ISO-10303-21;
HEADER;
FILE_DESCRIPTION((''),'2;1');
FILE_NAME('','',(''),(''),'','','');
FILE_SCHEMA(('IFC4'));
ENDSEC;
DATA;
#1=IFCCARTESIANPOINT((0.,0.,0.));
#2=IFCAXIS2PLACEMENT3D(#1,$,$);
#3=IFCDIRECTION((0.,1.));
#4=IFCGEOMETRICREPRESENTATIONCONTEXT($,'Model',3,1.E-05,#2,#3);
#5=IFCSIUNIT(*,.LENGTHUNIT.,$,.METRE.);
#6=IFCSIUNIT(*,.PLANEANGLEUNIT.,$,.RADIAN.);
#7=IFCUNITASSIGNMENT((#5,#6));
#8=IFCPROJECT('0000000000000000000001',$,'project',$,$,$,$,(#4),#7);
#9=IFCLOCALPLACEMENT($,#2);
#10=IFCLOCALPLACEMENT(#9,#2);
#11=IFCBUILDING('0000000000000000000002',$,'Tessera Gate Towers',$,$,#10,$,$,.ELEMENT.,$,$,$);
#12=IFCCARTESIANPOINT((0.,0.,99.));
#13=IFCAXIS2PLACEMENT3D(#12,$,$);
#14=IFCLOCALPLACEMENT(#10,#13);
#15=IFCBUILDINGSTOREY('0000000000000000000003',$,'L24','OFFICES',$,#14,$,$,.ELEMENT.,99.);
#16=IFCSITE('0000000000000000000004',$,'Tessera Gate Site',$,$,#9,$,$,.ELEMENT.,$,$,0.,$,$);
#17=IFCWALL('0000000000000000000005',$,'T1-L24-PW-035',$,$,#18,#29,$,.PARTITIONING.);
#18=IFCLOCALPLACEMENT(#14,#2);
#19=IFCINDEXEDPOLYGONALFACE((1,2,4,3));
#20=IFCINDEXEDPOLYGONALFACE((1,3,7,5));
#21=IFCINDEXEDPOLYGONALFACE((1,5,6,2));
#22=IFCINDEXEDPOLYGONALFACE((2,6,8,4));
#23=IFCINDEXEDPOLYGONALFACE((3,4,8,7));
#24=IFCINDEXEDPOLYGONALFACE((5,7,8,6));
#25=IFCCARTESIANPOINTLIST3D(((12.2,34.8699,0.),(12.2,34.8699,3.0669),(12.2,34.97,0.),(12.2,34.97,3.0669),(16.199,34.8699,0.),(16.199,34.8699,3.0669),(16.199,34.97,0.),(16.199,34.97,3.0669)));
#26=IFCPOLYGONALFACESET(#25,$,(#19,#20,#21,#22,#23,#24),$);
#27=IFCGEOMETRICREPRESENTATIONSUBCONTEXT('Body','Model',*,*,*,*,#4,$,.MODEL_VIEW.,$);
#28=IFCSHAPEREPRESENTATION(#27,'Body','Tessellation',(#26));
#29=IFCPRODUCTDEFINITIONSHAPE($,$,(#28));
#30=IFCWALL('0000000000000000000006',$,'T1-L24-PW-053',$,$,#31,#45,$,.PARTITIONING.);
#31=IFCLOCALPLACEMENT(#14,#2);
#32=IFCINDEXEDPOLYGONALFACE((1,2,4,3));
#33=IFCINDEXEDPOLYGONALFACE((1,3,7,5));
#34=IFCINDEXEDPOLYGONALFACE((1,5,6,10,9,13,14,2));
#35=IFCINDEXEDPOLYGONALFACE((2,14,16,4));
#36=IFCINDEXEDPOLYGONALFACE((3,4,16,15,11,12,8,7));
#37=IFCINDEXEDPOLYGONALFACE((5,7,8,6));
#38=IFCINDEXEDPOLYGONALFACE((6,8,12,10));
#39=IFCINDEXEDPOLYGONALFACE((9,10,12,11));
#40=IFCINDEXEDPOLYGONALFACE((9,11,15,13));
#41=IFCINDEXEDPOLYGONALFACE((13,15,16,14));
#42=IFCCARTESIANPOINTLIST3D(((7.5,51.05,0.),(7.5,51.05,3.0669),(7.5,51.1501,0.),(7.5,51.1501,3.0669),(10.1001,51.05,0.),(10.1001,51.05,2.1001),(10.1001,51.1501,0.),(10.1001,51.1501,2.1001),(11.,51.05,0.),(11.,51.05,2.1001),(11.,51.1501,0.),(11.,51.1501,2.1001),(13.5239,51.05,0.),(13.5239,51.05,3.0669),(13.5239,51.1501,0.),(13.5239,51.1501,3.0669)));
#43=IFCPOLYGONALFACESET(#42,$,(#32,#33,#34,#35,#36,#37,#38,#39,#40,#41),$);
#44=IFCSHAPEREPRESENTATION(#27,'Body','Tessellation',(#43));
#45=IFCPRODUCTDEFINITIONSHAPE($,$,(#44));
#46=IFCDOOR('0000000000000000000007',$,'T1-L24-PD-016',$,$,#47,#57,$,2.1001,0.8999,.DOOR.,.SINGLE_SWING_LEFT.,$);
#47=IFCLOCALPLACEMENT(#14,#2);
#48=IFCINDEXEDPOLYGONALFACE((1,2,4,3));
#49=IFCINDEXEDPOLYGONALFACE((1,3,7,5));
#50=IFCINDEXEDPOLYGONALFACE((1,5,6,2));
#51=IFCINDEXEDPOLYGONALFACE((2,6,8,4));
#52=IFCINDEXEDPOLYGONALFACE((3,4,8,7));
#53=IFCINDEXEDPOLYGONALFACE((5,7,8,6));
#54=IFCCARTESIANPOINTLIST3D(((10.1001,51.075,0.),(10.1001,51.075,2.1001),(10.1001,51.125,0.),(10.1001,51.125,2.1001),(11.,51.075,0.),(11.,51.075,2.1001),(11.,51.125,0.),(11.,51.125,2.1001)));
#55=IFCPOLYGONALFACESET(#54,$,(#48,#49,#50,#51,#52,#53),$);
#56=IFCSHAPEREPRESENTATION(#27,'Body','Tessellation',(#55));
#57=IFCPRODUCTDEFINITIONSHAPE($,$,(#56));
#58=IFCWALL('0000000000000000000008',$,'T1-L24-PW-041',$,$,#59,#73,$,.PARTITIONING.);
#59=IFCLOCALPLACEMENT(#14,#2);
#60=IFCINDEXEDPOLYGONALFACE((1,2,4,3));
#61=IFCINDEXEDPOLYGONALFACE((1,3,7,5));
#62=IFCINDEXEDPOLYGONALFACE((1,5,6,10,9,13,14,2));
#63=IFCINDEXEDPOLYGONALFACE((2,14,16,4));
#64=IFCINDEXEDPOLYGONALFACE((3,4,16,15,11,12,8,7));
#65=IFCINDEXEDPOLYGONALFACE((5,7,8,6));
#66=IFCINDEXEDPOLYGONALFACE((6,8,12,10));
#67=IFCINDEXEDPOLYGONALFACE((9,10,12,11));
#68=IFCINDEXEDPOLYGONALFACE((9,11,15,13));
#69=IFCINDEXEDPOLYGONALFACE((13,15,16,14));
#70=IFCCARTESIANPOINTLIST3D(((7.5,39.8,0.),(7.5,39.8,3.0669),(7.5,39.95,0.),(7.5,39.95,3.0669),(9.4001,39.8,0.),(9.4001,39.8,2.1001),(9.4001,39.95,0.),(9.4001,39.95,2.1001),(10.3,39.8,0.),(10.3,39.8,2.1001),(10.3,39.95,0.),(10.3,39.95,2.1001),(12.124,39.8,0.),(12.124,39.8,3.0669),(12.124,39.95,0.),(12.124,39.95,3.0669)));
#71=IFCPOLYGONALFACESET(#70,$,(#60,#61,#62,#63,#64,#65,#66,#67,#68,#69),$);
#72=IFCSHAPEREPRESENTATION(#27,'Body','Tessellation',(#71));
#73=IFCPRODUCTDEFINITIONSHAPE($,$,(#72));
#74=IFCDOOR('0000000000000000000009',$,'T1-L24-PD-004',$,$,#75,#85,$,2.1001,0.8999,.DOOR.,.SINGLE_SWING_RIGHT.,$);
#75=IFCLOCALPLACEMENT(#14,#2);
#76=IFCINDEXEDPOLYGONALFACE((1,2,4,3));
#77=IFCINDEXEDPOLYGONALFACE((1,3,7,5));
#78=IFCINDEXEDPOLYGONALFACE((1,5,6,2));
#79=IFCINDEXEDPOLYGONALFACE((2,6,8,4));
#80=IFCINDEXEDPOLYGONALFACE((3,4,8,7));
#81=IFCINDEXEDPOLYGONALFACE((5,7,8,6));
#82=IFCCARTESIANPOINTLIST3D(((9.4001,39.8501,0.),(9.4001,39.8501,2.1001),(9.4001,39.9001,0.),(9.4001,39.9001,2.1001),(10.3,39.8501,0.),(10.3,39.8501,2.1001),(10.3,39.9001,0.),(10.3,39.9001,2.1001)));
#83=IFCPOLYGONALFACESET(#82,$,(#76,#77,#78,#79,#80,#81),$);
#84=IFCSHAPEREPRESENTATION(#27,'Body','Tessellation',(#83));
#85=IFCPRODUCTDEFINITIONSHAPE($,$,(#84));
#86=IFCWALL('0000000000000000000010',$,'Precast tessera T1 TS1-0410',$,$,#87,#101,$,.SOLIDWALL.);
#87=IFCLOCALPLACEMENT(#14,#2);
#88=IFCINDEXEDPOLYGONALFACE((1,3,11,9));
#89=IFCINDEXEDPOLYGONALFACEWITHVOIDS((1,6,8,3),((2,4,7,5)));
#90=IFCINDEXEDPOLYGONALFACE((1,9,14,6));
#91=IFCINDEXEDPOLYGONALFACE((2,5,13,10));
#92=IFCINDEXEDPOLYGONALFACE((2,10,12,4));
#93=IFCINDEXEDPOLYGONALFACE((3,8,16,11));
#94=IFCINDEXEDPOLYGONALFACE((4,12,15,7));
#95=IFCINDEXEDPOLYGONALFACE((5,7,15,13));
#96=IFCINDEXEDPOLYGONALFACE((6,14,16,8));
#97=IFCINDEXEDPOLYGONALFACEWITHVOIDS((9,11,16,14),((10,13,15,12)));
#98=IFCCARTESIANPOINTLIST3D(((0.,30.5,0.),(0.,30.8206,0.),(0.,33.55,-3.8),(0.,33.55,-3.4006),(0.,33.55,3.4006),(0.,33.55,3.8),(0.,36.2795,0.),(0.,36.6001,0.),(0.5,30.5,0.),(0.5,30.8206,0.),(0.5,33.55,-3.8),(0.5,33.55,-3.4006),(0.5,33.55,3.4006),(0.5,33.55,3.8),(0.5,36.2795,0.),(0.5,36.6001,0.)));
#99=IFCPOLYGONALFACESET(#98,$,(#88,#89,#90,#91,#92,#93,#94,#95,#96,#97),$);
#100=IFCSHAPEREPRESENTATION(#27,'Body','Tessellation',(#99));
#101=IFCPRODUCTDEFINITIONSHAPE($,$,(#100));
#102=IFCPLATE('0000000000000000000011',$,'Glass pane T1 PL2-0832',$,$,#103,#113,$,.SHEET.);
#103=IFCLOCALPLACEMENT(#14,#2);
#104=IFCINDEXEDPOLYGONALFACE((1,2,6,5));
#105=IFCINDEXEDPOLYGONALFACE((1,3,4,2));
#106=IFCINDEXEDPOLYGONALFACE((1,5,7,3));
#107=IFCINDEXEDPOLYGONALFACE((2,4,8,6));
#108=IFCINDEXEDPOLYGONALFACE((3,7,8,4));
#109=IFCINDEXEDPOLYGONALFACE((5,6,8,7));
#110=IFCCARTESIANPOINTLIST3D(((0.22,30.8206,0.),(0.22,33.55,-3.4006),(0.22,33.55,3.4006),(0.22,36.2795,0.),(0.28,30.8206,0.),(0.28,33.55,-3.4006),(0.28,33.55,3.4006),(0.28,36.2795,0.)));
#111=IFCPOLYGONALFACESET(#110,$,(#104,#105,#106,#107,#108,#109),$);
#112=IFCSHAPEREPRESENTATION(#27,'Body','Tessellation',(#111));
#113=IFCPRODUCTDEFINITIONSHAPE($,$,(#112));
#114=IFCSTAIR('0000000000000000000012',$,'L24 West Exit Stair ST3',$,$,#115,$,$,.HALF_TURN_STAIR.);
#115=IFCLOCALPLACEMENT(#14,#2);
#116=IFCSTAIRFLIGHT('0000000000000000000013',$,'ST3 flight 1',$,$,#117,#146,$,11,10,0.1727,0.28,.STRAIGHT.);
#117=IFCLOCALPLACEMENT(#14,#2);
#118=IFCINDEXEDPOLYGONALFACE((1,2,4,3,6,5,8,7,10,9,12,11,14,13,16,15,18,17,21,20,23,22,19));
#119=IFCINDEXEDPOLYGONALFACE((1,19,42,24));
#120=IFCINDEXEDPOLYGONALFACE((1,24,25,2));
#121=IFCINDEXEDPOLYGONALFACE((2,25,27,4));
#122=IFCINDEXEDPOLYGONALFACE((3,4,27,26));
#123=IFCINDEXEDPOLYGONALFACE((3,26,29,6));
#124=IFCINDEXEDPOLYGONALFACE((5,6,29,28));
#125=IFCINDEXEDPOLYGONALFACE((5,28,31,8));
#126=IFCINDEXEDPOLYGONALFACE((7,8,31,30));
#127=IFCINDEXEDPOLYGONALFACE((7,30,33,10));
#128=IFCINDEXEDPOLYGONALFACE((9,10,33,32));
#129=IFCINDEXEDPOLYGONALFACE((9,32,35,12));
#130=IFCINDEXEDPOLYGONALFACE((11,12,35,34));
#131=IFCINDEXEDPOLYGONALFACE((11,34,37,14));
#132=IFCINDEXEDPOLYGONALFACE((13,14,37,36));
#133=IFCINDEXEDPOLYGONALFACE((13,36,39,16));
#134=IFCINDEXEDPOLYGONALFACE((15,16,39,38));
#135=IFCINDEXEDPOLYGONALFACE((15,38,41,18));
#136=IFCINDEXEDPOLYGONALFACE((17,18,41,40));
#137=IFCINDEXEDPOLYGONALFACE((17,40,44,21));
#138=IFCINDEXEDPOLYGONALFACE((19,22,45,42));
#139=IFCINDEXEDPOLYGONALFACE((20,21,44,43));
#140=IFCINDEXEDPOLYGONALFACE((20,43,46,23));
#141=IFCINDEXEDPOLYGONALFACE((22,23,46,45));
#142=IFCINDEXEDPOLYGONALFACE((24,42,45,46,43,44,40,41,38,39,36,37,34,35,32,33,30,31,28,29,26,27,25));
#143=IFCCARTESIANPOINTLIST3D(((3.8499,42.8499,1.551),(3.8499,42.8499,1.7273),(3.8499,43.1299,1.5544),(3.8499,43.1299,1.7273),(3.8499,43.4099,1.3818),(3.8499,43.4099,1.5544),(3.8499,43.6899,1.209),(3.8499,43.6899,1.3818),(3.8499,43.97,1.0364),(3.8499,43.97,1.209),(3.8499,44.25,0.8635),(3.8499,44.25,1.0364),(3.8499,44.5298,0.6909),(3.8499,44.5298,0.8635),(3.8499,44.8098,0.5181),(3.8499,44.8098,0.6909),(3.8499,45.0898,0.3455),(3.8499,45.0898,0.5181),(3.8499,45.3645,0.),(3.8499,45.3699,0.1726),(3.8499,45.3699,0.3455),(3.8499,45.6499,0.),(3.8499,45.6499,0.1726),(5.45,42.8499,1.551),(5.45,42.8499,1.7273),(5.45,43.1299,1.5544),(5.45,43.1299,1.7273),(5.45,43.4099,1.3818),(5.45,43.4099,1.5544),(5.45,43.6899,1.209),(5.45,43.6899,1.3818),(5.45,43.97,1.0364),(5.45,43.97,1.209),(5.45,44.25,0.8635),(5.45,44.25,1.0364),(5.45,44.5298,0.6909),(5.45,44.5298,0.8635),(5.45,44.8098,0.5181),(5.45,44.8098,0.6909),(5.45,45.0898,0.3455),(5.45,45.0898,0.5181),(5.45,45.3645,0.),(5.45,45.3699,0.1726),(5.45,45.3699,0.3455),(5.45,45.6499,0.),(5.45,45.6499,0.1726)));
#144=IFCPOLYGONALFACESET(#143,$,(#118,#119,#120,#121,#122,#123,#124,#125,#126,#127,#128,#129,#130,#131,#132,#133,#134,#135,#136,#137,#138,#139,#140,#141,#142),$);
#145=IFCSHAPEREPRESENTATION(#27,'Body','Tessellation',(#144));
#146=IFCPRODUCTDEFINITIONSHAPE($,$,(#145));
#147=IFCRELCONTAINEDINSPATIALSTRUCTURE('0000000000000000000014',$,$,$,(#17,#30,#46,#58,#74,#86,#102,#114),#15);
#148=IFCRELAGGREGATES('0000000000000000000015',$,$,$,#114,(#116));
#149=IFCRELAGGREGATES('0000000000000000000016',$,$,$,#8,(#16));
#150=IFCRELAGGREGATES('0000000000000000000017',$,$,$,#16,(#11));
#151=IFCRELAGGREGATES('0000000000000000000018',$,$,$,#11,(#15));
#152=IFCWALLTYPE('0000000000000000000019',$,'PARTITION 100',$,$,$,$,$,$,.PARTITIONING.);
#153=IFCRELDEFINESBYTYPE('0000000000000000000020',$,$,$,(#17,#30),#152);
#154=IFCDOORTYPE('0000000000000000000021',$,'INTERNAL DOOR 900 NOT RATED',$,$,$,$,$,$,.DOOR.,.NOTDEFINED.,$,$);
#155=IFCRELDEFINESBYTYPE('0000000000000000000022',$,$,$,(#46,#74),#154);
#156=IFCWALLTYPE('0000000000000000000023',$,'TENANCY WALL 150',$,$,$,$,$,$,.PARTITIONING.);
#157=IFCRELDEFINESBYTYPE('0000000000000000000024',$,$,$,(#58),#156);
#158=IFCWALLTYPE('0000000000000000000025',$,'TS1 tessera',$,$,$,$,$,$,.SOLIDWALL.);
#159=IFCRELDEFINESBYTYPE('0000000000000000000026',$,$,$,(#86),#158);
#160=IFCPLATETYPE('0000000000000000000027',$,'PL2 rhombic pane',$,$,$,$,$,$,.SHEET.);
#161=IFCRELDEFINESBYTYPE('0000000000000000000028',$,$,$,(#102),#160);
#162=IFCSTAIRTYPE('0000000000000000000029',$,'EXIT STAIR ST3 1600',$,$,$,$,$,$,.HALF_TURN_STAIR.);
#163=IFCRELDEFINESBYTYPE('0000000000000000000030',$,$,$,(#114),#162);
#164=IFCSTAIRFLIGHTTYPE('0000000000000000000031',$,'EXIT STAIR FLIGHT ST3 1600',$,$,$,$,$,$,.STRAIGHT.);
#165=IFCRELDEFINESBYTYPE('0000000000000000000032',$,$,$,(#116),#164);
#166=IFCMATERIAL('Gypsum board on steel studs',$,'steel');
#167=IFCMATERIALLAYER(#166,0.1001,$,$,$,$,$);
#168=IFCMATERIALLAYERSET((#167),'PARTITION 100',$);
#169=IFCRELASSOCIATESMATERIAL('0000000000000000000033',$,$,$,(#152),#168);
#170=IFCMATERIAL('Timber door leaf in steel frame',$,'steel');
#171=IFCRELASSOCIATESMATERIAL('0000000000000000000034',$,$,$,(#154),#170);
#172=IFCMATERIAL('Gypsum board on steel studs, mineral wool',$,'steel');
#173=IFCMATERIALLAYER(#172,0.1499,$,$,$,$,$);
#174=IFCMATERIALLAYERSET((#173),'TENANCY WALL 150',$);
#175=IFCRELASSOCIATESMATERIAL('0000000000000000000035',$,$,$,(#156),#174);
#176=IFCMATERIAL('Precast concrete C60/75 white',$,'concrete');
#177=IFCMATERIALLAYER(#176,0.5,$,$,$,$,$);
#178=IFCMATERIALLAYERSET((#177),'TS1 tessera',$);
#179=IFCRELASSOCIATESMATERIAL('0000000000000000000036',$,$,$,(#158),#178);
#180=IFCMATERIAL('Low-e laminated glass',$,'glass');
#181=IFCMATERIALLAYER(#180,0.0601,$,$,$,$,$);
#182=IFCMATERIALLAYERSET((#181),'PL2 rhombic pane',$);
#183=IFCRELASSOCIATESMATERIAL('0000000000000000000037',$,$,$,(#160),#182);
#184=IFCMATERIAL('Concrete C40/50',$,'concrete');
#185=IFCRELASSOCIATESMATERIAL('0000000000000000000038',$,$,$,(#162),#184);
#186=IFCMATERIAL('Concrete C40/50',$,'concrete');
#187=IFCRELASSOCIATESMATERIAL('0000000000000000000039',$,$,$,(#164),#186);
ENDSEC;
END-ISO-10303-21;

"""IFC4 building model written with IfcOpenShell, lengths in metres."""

from ifc_helpers import new_model, si_unit, direction, frame, frame_2d, origin, place, context, subcontext, project, spatial, polyline, rectangle, outline, extrude, source, transform, mapped, material, layer, layer_set, type_object, element, fill, aggregate, save


model = new_model("IFC4")

# Units and contexts
model_context = context("Model", 3, precision=1e-05, world=origin(), true_north=direction((0.0, 1.0)))
body_context = subcontext(model_context, "Body", "Model", "MODEL_VIEW")
ifc_project = project(units=[si_unit("LENGTHUNIT", "METRE"), si_unit("PLANEANGLEUNIT", "RADIAN")], contexts=[model_context])

# Site, building, storey
site_placement = place(None, origin())
site = spatial("IfcSite", under=ifc_project, at=site_placement, Name="Tessera Gate Site", CompositionType="ELEMENT", RefElevation=0.0)
building_placement = place(site_placement, origin())
building = spatial("IfcBuilding", under=site, at=building_placement, Name="Tessera Gate Towers", CompositionType="ELEMENT")
storey_placement = place(building_placement, frame((0.0, 0.0, 99.0)))
storey = spatial("IfcBuildingStorey", under=building, at=storey_placement, Name="L24", Description="OFFICES", CompositionType="ELEMENT", Elevation=99.0)

# Shared definitions
shared_shape_1 = source(origin(), body_context, "Body", "SweptSolid", [
    extrude(rectangle(XDim=0.8999, YDim=2.1001, at=frame_2d((0.45, 1.05))), frame((0.0, 0.085, 0.0), z_axis=(0.0, -1.0, 0.0), x_axis=(1.0, 0.0, 0.0)), (0.0, 0.0, 1.0), 0.1699),
])
shared_shape_2 = source(origin(), body_context, "Body", "SweptSolid", [
    extrude(rectangle(XDim=0.8999, YDim=2.1001, at=frame_2d((0.45, 1.05))), frame((0.0, 0.0249, 0.0), z_axis=(0.0, -1.0, 0.0), x_axis=(1.0, 0.0, 0.0)), (0.0, 0.0, 1.0), 0.05),
])

# Wall
ifc_material_1 = material(Name="Gypsum board on steel studs", Category="steel")
ifc_layer_1 = layer(ifc_material_1, 0.1001)
ifc_layer_set_1 = layer_set([ifc_layer_1], Name="PARTITION 100")
wall_type_1 = type_object("IfcWallType", Name="PARTITION 100", PredefinedType="PARTITIONING", material=ifc_layer_set_1)
wall_1_placement = place(storey_placement, frame((12.2, 34.9199, 0.0), z_axis=(0.0, 0.0, 1.0), x_axis=(1.0, 0.0, 0.0)))
element("IfcWall", 1, at=wall_1_placement, inside=storey, type_object=wall_type_1, Name="T1-L24-PW-035", PredefinedType="PARTITIONING", context=body_context, shape_type="SweptSolid", body=[
    extrude(rectangle(XDim=3.999, YDim=0.1001, at=frame_2d((1.9995, 0.0))), origin(), (0.0, 0.0, 1.0), 3.0669),
])

# Walls, openings, doors
wall_2_placement = place(storey_placement, frame((7.5, 51.1001, 0.0), z_axis=(0.0, 0.0, 1.0), x_axis=(1.0, 0.0, 0.0)))
wall_2 = element("IfcWall", 2, at=wall_2_placement, inside=storey, type_object=wall_type_1, Name="T1-L24-PW-053", PredefinedType="PARTITIONING", context=body_context, shape_type="SweptSolid", body=[
    extrude(rectangle(XDim=6.0239, YDim=0.1001, at=frame_2d((3.012, 0.0))), origin(), (0.0, 0.0, 1.0), 3.0669),
])
shared_shape_3 = source(origin(), body_context, "Body", "SweptSolid", [
    extrude(rectangle(XDim=0.8999, YDim=2.1001, at=frame_2d((0.45, 1.05))), frame((0.0, 0.0601, 0.0), z_axis=(0.0, -1.0, 0.0), x_axis=(1.0, 0.0, 0.0)), (0.0, 0.0, 1.0), 0.1201),
])
opening_1_placement = place(wall_2_placement, frame((2.6001, 0.0, 0.0)))
opening_1 = element("IfcOpeningElement", 3, at=opening_1_placement, cuts=wall_2, PredefinedType="OPENING", context=body_context, shape_type="MappedRepresentation", body=[
    mapped(shared_shape_3, transform((0.0, 0.0, 0.0), scale=1.0)),
])
ifc_material_2 = material(Name="Timber door leaf in steel frame", Category="steel")
door_type_1 = type_object("IfcDoorType", Name="INTERNAL DOOR 900 NOT RATED", OperationType="NOTDEFINED", PredefinedType="DOOR", material=ifc_material_2)
door_1_placement = place(opening_1_placement, origin())
door_1 = element("IfcDoor", 4, at=door_1_placement, inside=storey, type_object=door_type_1, Name="T1-L24-PD-016", OperationType="SINGLE_SWING_LEFT", OverallHeight=2.1001, OverallWidth=0.8999, PredefinedType="DOOR", context=body_context, shape_type="MappedRepresentation", body=[
    mapped(shared_shape_2, transform((0.0, 0.0, 0.0), scale=1.0)),
])
fill(opening_1, door_1)
ifc_material_3 = material(Name="Gypsum board on steel studs, mineral wool", Category="steel")
ifc_layer_2 = layer(ifc_material_3, 0.1499)
ifc_layer_set_2 = layer_set([ifc_layer_2], Name="TENANCY WALL 150")
wall_type_2 = type_object("IfcWallType", Name="TENANCY WALL 150", PredefinedType="PARTITIONING", material=ifc_layer_set_2)
wall_3_placement = place(storey_placement, frame((12.124, 39.875, 0.0), z_axis=(0.0, 0.0, 1.0), x_axis=(-1.0, 0.0, 0.0)))
wall_3 = element("IfcWall", 5, at=wall_3_placement, inside=storey, type_object=wall_type_2, Name="T1-L24-PW-041", PredefinedType="PARTITIONING", context=body_context, shape_type="SweptSolid", body=[
    extrude(rectangle(XDim=4.624, YDim=0.1499, at=frame_2d((2.312, 0.0))), origin(), (0.0, 0.0, 1.0), 3.0669),
])
opening_2_placement = place(wall_3_placement, frame((1.824, 0.0, 0.0)))
opening_2 = element("IfcOpeningElement", 6, at=opening_2_placement, cuts=wall_3, PredefinedType="OPENING", context=body_context, shape_type="MappedRepresentation", body=[
    mapped(shared_shape_1, transform((0.0, 0.0, 0.0), scale=1.0)),
])
door_2_placement = place(opening_2_placement, origin())
door_2 = element("IfcDoor", 7, at=door_2_placement, inside=storey, type_object=door_type_1, Name="T1-L24-PD-004", OperationType="SINGLE_SWING_RIGHT", OverallHeight=2.1001, OverallWidth=0.8999, PredefinedType="DOOR", context=body_context, shape_type="MappedRepresentation", body=[
    mapped(shared_shape_2, transform((0.0, 0.0, 0.0), scale=1.0)),
])
fill(opening_2, door_2)

# Wall, opening, plate
ifc_material_4 = material(Name="Precast concrete C60/75 white", Category="concrete")
ifc_layer_3 = layer(ifc_material_4, 0.5)
ifc_layer_set_3 = layer_set([ifc_layer_3], Name="TS1 tessera")
wall_type_3 = type_object("IfcWallType", Name="TS1 tessera", PredefinedType="SOLIDWALL", material=ifc_layer_set_3)
shared_shape_4 = source(origin(), body_context, "Body", "SweptSolid", [
    extrude(outline(polyline([(3.05, 0.0), (6.1001, 3.8), (3.05, 7.6001), (0.0, 3.8), (3.05, 0.0)])), frame((0.0, 0.25, 0.0), z_axis=(0.0, -1.0, 0.0), x_axis=(1.0, 0.0, 0.0)), (0.0, 0.0, 1.0), 0.5),
])
wall_4_placement = place(storey_placement, frame((0.25, 36.6001, -3.8), z_axis=(0.0, 0.0, 1.0), x_axis=(0.0, -1.0, 0.0)))
wall_4 = element("IfcWall", 8, at=wall_4_placement, inside=storey, type_object=wall_type_3, Name="Precast tessera T1 TS1-0410", PredefinedType="SOLIDWALL", context=body_context, shape_type="MappedRepresentation", body=[
    mapped(shared_shape_4, transform((0.0, 0.0, 0.0), scale=1.0)),
])
shared_shape_5 = source(origin(), body_context, "Body", "SweptSolid", [
    extrude(outline(polyline([(3.05, 0.3994), (5.7795, 3.8), (3.05, 7.2007), (0.3206, 3.8), (3.05, 0.3994)])), frame((0.0, 0.26, 0.0), z_axis=(0.0, -1.0, 0.0), x_axis=(1.0, 0.0, 0.0)), (0.0, 0.0, 1.0), 0.52),
])
opening_3_placement = place(wall_4_placement, origin())
opening_3 = element("IfcOpeningElement", 9, at=opening_3_placement, cuts=wall_4, PredefinedType="OPENING", context=body_context, shape_type="MappedRepresentation", body=[
    mapped(shared_shape_5, transform((0.0, 0.0, 0.0), scale=1.0)),
])
ifc_material_5 = material(Name="Low-e laminated glass", Category="glass")
ifc_layer_4 = layer(ifc_material_5, 0.0601)
ifc_layer_set_4 = layer_set([ifc_layer_4], Name="PL2 rhombic pane")
plate_type = type_object("IfcPlateType", Name="PL2 rhombic pane", PredefinedType="SHEET", material=ifc_layer_set_4)
shared_shape_6 = source(origin(), body_context, "Body", "SweptSolid", [
    extrude(outline(polyline([(3.05, 0.3994), (5.7795, 3.8), (3.05, 7.2007), (0.3206, 3.8), (3.05, 0.3994)])), frame((0.0, 0.03, 0.0), z_axis=(0.0, -1.0, 0.0), x_axis=(1.0, 0.0, 0.0)), (0.0, 0.0, 1.0), 0.0601),
])
plate_placement = place(opening_3_placement, origin())
plate = element("IfcPlate", 10, at=plate_placement, inside=storey, type_object=plate_type, Name="Glass pane T1 PL2-0832", PredefinedType="SHEET", context=body_context, shape_type="MappedRepresentation", body=[
    mapped(shared_shape_6, transform((0.0, 0.0, 0.0), scale=1.0)),
])
fill(opening_3, plate)

# Stair, stair flight
ifc_material_6 = material(Name="Concrete C40/50", Category="concrete")
stair_type = type_object("IfcStairType", Name="EXIT STAIR ST3 1600", PredefinedType="HALF_TURN_STAIR", material=ifc_material_6)
stair_placement = place(storey_placement, origin())
stair = element("IfcStair", 11, at=stair_placement, inside=storey, type_object=stair_type, Name="L24 West Exit Stair ST3", PredefinedType="HALF_TURN_STAIR")
ifc_material_7 = material(Name="Concrete C40/50", Category="concrete")
stair_flight_type = type_object("IfcStairFlightType", Name="EXIT STAIR FLIGHT ST3 1600", PredefinedType="STRAIGHT", material=ifc_material_7)
stair_flight_1_placement = place(storey_placement, frame((4.6499, 45.6499, 0.0), z_axis=(0.0, 0.0, 1.0), x_axis=(0.0, -1.0, 0.0)))
stair_flight_1 = element("IfcStairFlight", 12, at=stair_flight_1_placement, type_object=stair_flight_type, Name="ST3 flight 1", NumberOfRisers=11, NumberOfTreads=10, PredefinedType="STRAIGHT", RiserHeight=0.1727, TreadLength=0.28, context=body_context, shape_type="SweptSolid", body=[
    extrude(outline(polyline([(0.0, 0.0), (0.0, 0.1726), (0.28, 0.1726), (0.28, 0.3455), (0.5601, 0.3455), (0.5601, 0.5181), (0.8401, 0.5181), (0.8401, 0.6909), (1.1201, 0.6909), (1.1201, 0.8635), (1.3999, 0.8635), (1.3999, 1.0364), (1.6799, 1.0364), (1.6799, 1.209), (1.96, 1.209), (1.96, 1.3818), (2.24, 1.3818), (2.24, 1.5544), (2.52, 1.5544), (2.52, 1.7273), (2.8, 1.7273), (2.8, 1.8999), (2.8, 1.551), (0.2854, 0.0), (0.0, 0.0)])), frame((0.0, 0.8, 0.0), z_axis=(0.0, -1.0, 0.0), x_axis=(1.0, 0.0, 0.0)), (0.0, 0.0, 1.0), 1.6001),
])
aggregate(stair, [stair_flight_1])

save(model, "model.ifc")
